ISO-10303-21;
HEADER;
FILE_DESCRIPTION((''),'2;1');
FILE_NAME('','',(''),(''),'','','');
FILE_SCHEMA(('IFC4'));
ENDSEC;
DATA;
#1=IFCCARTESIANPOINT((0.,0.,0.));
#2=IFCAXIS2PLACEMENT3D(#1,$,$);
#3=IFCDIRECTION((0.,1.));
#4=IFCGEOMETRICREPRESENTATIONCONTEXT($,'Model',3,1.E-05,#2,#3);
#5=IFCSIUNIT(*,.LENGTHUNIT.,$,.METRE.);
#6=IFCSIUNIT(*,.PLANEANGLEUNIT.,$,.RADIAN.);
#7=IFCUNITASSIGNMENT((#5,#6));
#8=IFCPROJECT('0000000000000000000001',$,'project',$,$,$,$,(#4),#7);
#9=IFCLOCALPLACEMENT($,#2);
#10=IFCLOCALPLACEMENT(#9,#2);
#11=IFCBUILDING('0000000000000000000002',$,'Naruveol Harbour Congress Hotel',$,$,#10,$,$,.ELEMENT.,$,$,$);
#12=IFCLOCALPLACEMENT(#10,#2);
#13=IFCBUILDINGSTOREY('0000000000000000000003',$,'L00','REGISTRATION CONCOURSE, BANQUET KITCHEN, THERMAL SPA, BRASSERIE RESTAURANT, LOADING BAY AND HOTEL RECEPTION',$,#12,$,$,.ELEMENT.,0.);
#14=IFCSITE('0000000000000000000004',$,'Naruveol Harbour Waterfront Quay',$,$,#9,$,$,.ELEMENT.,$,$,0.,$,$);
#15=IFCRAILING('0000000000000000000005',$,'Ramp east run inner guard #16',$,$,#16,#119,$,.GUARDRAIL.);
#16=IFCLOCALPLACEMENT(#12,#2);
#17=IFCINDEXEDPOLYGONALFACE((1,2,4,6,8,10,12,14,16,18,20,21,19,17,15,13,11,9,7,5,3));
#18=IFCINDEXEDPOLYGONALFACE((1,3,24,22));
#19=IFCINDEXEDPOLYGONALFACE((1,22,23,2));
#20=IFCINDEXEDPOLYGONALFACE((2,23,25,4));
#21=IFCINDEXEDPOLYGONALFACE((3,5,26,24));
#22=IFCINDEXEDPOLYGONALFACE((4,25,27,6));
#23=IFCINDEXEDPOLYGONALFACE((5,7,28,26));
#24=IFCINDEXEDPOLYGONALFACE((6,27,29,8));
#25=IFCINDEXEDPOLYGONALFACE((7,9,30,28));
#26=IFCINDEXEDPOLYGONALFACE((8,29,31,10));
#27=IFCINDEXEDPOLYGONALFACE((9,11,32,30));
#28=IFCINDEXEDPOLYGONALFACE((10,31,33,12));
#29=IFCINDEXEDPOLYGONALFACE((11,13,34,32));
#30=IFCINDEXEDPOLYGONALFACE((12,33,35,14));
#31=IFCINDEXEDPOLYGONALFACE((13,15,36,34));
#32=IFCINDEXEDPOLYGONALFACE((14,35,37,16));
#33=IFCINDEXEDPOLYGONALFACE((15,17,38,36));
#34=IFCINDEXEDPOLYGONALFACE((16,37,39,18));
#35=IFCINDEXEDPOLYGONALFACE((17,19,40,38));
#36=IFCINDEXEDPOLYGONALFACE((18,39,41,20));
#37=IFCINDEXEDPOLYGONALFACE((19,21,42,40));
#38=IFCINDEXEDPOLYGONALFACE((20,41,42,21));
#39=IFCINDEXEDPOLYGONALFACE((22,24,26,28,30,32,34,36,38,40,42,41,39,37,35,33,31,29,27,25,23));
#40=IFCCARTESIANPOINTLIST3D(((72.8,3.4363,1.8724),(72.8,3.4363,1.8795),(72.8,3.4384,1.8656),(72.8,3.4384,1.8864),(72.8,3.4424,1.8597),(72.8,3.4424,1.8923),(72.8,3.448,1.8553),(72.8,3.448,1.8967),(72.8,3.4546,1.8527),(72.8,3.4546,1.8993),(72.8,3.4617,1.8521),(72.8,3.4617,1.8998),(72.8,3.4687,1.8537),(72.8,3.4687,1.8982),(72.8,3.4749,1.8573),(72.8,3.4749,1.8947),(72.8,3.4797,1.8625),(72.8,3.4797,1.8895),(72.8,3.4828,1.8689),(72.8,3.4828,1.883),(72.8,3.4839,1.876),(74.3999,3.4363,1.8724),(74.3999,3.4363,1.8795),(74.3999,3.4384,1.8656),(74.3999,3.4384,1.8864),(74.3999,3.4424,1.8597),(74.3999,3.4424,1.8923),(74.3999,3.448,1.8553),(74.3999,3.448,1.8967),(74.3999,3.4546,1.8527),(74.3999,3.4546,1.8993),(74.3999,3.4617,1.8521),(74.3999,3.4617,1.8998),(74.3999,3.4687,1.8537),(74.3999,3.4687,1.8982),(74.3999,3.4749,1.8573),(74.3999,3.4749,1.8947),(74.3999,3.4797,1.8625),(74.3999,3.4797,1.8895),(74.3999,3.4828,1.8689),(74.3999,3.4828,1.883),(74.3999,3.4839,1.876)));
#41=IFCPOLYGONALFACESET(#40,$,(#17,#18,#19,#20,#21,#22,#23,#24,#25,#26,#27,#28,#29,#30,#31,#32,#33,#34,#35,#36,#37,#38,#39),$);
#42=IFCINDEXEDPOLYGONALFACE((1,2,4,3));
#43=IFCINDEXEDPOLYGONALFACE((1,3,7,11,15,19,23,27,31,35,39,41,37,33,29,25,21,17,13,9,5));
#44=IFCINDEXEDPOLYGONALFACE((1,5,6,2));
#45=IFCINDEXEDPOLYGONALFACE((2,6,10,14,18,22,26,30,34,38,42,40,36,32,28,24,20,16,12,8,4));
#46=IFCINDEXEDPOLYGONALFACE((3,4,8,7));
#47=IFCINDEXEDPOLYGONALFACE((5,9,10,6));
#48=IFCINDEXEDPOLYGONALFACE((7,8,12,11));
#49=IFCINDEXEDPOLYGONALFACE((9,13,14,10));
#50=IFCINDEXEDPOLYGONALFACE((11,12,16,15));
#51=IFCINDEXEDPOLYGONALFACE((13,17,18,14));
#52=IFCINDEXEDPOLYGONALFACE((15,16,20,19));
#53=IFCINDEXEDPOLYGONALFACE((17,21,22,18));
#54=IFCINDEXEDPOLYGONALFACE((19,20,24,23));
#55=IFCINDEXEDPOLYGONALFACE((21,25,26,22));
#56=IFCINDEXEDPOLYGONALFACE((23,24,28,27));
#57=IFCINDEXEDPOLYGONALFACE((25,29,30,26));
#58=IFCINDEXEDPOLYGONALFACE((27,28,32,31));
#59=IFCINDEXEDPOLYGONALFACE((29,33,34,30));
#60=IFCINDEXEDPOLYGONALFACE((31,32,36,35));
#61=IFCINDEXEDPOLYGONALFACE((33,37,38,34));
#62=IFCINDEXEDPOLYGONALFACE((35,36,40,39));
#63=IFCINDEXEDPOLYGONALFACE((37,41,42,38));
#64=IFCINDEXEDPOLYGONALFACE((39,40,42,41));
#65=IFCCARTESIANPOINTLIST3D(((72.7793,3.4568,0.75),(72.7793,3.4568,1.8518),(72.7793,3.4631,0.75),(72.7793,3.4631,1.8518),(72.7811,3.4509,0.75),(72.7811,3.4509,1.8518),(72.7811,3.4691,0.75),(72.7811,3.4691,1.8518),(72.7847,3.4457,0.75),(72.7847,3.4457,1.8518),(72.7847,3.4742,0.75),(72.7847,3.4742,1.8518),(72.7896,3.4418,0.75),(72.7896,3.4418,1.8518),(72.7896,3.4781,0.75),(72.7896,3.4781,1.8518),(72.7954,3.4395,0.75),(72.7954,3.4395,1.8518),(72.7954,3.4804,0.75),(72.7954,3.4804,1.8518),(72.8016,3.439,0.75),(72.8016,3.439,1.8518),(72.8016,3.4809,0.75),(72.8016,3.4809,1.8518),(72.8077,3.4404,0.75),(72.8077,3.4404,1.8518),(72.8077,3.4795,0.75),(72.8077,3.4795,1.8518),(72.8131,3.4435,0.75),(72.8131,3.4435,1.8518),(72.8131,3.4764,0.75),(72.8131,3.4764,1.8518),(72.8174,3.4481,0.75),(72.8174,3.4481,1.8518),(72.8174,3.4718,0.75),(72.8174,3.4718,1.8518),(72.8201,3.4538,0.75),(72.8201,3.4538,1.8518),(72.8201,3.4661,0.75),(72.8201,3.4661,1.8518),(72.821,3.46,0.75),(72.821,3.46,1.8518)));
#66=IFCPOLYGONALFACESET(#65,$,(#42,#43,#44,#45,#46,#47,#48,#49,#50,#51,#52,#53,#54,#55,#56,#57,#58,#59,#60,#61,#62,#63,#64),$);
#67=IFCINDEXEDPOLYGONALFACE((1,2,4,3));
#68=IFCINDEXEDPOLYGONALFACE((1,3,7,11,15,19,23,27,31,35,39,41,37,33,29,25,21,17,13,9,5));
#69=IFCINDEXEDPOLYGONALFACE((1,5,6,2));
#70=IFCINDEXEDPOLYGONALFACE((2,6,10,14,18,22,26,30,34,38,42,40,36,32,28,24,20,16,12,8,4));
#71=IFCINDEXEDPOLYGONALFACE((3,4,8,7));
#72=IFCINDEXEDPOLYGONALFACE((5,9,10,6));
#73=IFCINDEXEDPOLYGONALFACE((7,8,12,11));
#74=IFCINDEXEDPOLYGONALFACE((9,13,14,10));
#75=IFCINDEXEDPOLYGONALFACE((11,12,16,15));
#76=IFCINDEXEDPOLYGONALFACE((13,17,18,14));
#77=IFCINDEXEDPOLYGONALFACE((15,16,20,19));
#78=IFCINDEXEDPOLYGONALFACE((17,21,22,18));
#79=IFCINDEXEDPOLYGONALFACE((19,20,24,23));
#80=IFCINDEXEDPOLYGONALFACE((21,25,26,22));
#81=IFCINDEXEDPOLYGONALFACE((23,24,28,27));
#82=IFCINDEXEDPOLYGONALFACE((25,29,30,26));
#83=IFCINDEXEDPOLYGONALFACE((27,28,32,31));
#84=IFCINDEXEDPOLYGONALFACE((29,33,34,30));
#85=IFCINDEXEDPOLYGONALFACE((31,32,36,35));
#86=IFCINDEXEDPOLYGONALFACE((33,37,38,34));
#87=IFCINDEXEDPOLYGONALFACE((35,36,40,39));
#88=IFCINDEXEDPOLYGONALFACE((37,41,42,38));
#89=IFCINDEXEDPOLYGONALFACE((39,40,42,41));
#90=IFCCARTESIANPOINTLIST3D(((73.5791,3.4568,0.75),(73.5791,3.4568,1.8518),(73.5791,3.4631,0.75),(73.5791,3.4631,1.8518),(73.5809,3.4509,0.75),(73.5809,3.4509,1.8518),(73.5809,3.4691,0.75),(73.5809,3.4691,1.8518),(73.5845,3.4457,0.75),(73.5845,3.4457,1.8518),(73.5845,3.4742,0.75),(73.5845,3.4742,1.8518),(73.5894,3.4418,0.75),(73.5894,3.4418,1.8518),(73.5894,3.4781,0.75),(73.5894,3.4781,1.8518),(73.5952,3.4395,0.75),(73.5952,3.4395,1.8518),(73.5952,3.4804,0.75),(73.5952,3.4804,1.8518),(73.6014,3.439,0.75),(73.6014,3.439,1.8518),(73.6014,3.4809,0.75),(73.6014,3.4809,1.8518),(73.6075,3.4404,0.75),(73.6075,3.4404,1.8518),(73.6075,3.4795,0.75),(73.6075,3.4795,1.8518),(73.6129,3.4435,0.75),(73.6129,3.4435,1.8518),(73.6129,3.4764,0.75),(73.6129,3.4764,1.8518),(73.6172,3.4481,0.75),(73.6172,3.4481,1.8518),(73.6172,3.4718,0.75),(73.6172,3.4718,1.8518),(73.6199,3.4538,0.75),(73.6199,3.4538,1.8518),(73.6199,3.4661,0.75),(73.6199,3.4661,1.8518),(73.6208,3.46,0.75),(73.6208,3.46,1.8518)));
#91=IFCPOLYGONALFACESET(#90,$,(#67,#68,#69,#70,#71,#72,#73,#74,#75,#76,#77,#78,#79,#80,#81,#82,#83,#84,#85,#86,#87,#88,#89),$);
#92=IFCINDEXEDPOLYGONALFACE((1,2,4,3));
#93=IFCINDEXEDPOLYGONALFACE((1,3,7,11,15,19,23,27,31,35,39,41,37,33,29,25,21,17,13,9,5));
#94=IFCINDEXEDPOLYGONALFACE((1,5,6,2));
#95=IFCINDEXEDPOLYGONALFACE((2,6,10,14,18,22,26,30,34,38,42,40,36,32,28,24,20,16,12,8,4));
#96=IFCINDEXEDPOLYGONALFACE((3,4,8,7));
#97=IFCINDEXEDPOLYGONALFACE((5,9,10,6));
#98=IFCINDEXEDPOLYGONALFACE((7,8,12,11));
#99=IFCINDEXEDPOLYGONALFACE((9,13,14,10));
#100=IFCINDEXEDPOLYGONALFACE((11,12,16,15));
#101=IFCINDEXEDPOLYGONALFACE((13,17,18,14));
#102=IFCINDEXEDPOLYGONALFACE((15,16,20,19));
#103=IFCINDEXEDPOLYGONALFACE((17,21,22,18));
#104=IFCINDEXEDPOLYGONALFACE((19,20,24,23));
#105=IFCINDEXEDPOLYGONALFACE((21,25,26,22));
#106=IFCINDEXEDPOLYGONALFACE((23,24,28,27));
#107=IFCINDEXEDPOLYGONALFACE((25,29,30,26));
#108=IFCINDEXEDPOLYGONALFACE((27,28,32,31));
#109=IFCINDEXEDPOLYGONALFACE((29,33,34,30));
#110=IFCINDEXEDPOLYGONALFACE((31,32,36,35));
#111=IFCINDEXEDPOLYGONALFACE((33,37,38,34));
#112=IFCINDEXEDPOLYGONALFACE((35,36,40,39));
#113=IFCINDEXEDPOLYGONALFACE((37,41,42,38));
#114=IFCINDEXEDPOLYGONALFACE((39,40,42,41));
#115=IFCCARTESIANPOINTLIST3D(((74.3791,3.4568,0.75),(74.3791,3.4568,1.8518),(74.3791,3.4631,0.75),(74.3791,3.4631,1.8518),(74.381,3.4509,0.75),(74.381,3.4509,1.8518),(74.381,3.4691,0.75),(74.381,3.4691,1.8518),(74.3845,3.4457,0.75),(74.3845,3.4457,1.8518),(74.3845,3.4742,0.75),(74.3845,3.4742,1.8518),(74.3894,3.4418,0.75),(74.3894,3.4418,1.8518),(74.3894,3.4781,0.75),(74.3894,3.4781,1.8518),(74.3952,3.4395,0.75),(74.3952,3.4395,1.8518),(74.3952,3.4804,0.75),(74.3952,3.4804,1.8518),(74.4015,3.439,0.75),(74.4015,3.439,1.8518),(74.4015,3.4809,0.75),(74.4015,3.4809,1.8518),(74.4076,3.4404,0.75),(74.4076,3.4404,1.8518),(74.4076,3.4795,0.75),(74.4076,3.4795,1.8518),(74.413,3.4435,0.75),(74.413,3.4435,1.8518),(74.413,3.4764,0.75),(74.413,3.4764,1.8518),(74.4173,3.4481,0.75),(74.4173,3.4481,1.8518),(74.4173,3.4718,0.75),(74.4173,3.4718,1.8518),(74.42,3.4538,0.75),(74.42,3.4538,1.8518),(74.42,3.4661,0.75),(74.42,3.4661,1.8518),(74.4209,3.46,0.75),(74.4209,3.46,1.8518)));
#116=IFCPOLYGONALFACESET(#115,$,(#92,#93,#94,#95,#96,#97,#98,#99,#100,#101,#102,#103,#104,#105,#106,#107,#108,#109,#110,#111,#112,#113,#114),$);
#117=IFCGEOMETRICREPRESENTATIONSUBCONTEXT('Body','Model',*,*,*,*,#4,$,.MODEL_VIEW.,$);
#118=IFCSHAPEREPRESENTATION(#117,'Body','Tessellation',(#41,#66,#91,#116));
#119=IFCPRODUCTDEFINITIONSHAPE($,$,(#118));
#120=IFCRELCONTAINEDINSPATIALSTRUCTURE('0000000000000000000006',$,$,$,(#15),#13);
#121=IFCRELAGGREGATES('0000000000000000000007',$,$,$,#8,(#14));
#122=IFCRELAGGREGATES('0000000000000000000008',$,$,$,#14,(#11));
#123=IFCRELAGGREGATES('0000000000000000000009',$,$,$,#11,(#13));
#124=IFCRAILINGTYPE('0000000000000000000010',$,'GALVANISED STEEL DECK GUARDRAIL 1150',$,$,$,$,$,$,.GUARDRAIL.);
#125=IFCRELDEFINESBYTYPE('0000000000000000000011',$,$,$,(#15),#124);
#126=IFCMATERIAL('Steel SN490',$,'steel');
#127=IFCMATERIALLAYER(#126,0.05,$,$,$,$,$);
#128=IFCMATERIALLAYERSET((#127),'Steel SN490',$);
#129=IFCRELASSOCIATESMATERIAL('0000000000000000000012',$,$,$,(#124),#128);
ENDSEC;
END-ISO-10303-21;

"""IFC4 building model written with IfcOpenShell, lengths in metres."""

from ifc_helpers import new_model, si_unit, direction, frame, origin, origin_2d, place, context, subcontext, project, spatial, circle, extrude, material, layer, layer_set, type_object, element, save


model = new_model("IFC4")

# Units and contexts
model_context = context("Model", 3, precision=1e-05, world=origin(), true_north=direction((0.0, 1.0)))
body_context = subcontext(model_context, "Body", "Model", "MODEL_VIEW")
ifc_project = project(units=[si_unit("LENGTHUNIT", "METRE"), si_unit("PLANEANGLEUNIT", "RADIAN")], contexts=[model_context])

# Site, building, storey
site_placement = place(None, origin())
site = spatial("IfcSite", under=ifc_project, at=site_placement, Name="Naruveol Harbour Waterfront Quay", CompositionType="ELEMENT", RefElevation=0.0)
building_placement = place(site_placement, origin())
building = spatial("IfcBuilding", under=site, at=building_placement, Name="Naruveol Harbour Congress Hotel", CompositionType="ELEMENT")
storey_placement = place(building_placement, origin())
storey = spatial("IfcBuildingStorey", under=building, at=storey_placement, Name="L00", Description="REGISTRATION CONCOURSE, BANQUET KITCHEN, THERMAL SPA, BRASSERIE RESTAURANT, LOADING BAY AND HOTEL RECEPTION", CompositionType="ELEMENT", Elevation=0.0)

# Railing
ifc_material_1 = material(Name="Steel SN490", Category="steel")
ifc_layer_1 = layer(ifc_material_1, 0.05)
ifc_layer_set_1 = layer_set([ifc_layer_1], Name="Steel SN490")
railing_type = type_object("IfcRailingType", Name="GALVANISED STEEL DECK GUARDRAIL 1150", PredefinedType="GUARDRAIL", material=ifc_layer_set_1)
railing_1_placement = place(storey_placement, frame((72.8, 3.46, 0.75)))
element("IfcRailing", 1, at=railing_1_placement, inside=storey, type_object=railing_type, Name="Ramp east run inner guard #16", PredefinedType="GUARDRAIL", context=body_context, shape_type="SweptSolid", body=[
    extrude(circle(Radius=0.0239, at=origin_2d()), frame((0.0, 0.0, 1.126), z_axis=(1.0, 0.0, 0.0), x_axis=(0.0, 1.0, 0.0)), (0.0, 0.0, 1.0), 1.5999),
    extrude(circle(Radius=0.021, at=origin_2d()), origin(), (0.0, 0.0, 1.0), 1.1018),
    extrude(circle(Radius=0.021, at=origin_2d()), frame((0.7998, 0.0, 0.0)), (0.0, 0.0, 1.0), 1.1018),
    extrude(circle(Radius=0.021, at=origin_2d()), frame((1.5999, 0.0, 0.0)), (0.0, 0.0, 1.0), 1.1018),
])

save(model, "model.ifc")
